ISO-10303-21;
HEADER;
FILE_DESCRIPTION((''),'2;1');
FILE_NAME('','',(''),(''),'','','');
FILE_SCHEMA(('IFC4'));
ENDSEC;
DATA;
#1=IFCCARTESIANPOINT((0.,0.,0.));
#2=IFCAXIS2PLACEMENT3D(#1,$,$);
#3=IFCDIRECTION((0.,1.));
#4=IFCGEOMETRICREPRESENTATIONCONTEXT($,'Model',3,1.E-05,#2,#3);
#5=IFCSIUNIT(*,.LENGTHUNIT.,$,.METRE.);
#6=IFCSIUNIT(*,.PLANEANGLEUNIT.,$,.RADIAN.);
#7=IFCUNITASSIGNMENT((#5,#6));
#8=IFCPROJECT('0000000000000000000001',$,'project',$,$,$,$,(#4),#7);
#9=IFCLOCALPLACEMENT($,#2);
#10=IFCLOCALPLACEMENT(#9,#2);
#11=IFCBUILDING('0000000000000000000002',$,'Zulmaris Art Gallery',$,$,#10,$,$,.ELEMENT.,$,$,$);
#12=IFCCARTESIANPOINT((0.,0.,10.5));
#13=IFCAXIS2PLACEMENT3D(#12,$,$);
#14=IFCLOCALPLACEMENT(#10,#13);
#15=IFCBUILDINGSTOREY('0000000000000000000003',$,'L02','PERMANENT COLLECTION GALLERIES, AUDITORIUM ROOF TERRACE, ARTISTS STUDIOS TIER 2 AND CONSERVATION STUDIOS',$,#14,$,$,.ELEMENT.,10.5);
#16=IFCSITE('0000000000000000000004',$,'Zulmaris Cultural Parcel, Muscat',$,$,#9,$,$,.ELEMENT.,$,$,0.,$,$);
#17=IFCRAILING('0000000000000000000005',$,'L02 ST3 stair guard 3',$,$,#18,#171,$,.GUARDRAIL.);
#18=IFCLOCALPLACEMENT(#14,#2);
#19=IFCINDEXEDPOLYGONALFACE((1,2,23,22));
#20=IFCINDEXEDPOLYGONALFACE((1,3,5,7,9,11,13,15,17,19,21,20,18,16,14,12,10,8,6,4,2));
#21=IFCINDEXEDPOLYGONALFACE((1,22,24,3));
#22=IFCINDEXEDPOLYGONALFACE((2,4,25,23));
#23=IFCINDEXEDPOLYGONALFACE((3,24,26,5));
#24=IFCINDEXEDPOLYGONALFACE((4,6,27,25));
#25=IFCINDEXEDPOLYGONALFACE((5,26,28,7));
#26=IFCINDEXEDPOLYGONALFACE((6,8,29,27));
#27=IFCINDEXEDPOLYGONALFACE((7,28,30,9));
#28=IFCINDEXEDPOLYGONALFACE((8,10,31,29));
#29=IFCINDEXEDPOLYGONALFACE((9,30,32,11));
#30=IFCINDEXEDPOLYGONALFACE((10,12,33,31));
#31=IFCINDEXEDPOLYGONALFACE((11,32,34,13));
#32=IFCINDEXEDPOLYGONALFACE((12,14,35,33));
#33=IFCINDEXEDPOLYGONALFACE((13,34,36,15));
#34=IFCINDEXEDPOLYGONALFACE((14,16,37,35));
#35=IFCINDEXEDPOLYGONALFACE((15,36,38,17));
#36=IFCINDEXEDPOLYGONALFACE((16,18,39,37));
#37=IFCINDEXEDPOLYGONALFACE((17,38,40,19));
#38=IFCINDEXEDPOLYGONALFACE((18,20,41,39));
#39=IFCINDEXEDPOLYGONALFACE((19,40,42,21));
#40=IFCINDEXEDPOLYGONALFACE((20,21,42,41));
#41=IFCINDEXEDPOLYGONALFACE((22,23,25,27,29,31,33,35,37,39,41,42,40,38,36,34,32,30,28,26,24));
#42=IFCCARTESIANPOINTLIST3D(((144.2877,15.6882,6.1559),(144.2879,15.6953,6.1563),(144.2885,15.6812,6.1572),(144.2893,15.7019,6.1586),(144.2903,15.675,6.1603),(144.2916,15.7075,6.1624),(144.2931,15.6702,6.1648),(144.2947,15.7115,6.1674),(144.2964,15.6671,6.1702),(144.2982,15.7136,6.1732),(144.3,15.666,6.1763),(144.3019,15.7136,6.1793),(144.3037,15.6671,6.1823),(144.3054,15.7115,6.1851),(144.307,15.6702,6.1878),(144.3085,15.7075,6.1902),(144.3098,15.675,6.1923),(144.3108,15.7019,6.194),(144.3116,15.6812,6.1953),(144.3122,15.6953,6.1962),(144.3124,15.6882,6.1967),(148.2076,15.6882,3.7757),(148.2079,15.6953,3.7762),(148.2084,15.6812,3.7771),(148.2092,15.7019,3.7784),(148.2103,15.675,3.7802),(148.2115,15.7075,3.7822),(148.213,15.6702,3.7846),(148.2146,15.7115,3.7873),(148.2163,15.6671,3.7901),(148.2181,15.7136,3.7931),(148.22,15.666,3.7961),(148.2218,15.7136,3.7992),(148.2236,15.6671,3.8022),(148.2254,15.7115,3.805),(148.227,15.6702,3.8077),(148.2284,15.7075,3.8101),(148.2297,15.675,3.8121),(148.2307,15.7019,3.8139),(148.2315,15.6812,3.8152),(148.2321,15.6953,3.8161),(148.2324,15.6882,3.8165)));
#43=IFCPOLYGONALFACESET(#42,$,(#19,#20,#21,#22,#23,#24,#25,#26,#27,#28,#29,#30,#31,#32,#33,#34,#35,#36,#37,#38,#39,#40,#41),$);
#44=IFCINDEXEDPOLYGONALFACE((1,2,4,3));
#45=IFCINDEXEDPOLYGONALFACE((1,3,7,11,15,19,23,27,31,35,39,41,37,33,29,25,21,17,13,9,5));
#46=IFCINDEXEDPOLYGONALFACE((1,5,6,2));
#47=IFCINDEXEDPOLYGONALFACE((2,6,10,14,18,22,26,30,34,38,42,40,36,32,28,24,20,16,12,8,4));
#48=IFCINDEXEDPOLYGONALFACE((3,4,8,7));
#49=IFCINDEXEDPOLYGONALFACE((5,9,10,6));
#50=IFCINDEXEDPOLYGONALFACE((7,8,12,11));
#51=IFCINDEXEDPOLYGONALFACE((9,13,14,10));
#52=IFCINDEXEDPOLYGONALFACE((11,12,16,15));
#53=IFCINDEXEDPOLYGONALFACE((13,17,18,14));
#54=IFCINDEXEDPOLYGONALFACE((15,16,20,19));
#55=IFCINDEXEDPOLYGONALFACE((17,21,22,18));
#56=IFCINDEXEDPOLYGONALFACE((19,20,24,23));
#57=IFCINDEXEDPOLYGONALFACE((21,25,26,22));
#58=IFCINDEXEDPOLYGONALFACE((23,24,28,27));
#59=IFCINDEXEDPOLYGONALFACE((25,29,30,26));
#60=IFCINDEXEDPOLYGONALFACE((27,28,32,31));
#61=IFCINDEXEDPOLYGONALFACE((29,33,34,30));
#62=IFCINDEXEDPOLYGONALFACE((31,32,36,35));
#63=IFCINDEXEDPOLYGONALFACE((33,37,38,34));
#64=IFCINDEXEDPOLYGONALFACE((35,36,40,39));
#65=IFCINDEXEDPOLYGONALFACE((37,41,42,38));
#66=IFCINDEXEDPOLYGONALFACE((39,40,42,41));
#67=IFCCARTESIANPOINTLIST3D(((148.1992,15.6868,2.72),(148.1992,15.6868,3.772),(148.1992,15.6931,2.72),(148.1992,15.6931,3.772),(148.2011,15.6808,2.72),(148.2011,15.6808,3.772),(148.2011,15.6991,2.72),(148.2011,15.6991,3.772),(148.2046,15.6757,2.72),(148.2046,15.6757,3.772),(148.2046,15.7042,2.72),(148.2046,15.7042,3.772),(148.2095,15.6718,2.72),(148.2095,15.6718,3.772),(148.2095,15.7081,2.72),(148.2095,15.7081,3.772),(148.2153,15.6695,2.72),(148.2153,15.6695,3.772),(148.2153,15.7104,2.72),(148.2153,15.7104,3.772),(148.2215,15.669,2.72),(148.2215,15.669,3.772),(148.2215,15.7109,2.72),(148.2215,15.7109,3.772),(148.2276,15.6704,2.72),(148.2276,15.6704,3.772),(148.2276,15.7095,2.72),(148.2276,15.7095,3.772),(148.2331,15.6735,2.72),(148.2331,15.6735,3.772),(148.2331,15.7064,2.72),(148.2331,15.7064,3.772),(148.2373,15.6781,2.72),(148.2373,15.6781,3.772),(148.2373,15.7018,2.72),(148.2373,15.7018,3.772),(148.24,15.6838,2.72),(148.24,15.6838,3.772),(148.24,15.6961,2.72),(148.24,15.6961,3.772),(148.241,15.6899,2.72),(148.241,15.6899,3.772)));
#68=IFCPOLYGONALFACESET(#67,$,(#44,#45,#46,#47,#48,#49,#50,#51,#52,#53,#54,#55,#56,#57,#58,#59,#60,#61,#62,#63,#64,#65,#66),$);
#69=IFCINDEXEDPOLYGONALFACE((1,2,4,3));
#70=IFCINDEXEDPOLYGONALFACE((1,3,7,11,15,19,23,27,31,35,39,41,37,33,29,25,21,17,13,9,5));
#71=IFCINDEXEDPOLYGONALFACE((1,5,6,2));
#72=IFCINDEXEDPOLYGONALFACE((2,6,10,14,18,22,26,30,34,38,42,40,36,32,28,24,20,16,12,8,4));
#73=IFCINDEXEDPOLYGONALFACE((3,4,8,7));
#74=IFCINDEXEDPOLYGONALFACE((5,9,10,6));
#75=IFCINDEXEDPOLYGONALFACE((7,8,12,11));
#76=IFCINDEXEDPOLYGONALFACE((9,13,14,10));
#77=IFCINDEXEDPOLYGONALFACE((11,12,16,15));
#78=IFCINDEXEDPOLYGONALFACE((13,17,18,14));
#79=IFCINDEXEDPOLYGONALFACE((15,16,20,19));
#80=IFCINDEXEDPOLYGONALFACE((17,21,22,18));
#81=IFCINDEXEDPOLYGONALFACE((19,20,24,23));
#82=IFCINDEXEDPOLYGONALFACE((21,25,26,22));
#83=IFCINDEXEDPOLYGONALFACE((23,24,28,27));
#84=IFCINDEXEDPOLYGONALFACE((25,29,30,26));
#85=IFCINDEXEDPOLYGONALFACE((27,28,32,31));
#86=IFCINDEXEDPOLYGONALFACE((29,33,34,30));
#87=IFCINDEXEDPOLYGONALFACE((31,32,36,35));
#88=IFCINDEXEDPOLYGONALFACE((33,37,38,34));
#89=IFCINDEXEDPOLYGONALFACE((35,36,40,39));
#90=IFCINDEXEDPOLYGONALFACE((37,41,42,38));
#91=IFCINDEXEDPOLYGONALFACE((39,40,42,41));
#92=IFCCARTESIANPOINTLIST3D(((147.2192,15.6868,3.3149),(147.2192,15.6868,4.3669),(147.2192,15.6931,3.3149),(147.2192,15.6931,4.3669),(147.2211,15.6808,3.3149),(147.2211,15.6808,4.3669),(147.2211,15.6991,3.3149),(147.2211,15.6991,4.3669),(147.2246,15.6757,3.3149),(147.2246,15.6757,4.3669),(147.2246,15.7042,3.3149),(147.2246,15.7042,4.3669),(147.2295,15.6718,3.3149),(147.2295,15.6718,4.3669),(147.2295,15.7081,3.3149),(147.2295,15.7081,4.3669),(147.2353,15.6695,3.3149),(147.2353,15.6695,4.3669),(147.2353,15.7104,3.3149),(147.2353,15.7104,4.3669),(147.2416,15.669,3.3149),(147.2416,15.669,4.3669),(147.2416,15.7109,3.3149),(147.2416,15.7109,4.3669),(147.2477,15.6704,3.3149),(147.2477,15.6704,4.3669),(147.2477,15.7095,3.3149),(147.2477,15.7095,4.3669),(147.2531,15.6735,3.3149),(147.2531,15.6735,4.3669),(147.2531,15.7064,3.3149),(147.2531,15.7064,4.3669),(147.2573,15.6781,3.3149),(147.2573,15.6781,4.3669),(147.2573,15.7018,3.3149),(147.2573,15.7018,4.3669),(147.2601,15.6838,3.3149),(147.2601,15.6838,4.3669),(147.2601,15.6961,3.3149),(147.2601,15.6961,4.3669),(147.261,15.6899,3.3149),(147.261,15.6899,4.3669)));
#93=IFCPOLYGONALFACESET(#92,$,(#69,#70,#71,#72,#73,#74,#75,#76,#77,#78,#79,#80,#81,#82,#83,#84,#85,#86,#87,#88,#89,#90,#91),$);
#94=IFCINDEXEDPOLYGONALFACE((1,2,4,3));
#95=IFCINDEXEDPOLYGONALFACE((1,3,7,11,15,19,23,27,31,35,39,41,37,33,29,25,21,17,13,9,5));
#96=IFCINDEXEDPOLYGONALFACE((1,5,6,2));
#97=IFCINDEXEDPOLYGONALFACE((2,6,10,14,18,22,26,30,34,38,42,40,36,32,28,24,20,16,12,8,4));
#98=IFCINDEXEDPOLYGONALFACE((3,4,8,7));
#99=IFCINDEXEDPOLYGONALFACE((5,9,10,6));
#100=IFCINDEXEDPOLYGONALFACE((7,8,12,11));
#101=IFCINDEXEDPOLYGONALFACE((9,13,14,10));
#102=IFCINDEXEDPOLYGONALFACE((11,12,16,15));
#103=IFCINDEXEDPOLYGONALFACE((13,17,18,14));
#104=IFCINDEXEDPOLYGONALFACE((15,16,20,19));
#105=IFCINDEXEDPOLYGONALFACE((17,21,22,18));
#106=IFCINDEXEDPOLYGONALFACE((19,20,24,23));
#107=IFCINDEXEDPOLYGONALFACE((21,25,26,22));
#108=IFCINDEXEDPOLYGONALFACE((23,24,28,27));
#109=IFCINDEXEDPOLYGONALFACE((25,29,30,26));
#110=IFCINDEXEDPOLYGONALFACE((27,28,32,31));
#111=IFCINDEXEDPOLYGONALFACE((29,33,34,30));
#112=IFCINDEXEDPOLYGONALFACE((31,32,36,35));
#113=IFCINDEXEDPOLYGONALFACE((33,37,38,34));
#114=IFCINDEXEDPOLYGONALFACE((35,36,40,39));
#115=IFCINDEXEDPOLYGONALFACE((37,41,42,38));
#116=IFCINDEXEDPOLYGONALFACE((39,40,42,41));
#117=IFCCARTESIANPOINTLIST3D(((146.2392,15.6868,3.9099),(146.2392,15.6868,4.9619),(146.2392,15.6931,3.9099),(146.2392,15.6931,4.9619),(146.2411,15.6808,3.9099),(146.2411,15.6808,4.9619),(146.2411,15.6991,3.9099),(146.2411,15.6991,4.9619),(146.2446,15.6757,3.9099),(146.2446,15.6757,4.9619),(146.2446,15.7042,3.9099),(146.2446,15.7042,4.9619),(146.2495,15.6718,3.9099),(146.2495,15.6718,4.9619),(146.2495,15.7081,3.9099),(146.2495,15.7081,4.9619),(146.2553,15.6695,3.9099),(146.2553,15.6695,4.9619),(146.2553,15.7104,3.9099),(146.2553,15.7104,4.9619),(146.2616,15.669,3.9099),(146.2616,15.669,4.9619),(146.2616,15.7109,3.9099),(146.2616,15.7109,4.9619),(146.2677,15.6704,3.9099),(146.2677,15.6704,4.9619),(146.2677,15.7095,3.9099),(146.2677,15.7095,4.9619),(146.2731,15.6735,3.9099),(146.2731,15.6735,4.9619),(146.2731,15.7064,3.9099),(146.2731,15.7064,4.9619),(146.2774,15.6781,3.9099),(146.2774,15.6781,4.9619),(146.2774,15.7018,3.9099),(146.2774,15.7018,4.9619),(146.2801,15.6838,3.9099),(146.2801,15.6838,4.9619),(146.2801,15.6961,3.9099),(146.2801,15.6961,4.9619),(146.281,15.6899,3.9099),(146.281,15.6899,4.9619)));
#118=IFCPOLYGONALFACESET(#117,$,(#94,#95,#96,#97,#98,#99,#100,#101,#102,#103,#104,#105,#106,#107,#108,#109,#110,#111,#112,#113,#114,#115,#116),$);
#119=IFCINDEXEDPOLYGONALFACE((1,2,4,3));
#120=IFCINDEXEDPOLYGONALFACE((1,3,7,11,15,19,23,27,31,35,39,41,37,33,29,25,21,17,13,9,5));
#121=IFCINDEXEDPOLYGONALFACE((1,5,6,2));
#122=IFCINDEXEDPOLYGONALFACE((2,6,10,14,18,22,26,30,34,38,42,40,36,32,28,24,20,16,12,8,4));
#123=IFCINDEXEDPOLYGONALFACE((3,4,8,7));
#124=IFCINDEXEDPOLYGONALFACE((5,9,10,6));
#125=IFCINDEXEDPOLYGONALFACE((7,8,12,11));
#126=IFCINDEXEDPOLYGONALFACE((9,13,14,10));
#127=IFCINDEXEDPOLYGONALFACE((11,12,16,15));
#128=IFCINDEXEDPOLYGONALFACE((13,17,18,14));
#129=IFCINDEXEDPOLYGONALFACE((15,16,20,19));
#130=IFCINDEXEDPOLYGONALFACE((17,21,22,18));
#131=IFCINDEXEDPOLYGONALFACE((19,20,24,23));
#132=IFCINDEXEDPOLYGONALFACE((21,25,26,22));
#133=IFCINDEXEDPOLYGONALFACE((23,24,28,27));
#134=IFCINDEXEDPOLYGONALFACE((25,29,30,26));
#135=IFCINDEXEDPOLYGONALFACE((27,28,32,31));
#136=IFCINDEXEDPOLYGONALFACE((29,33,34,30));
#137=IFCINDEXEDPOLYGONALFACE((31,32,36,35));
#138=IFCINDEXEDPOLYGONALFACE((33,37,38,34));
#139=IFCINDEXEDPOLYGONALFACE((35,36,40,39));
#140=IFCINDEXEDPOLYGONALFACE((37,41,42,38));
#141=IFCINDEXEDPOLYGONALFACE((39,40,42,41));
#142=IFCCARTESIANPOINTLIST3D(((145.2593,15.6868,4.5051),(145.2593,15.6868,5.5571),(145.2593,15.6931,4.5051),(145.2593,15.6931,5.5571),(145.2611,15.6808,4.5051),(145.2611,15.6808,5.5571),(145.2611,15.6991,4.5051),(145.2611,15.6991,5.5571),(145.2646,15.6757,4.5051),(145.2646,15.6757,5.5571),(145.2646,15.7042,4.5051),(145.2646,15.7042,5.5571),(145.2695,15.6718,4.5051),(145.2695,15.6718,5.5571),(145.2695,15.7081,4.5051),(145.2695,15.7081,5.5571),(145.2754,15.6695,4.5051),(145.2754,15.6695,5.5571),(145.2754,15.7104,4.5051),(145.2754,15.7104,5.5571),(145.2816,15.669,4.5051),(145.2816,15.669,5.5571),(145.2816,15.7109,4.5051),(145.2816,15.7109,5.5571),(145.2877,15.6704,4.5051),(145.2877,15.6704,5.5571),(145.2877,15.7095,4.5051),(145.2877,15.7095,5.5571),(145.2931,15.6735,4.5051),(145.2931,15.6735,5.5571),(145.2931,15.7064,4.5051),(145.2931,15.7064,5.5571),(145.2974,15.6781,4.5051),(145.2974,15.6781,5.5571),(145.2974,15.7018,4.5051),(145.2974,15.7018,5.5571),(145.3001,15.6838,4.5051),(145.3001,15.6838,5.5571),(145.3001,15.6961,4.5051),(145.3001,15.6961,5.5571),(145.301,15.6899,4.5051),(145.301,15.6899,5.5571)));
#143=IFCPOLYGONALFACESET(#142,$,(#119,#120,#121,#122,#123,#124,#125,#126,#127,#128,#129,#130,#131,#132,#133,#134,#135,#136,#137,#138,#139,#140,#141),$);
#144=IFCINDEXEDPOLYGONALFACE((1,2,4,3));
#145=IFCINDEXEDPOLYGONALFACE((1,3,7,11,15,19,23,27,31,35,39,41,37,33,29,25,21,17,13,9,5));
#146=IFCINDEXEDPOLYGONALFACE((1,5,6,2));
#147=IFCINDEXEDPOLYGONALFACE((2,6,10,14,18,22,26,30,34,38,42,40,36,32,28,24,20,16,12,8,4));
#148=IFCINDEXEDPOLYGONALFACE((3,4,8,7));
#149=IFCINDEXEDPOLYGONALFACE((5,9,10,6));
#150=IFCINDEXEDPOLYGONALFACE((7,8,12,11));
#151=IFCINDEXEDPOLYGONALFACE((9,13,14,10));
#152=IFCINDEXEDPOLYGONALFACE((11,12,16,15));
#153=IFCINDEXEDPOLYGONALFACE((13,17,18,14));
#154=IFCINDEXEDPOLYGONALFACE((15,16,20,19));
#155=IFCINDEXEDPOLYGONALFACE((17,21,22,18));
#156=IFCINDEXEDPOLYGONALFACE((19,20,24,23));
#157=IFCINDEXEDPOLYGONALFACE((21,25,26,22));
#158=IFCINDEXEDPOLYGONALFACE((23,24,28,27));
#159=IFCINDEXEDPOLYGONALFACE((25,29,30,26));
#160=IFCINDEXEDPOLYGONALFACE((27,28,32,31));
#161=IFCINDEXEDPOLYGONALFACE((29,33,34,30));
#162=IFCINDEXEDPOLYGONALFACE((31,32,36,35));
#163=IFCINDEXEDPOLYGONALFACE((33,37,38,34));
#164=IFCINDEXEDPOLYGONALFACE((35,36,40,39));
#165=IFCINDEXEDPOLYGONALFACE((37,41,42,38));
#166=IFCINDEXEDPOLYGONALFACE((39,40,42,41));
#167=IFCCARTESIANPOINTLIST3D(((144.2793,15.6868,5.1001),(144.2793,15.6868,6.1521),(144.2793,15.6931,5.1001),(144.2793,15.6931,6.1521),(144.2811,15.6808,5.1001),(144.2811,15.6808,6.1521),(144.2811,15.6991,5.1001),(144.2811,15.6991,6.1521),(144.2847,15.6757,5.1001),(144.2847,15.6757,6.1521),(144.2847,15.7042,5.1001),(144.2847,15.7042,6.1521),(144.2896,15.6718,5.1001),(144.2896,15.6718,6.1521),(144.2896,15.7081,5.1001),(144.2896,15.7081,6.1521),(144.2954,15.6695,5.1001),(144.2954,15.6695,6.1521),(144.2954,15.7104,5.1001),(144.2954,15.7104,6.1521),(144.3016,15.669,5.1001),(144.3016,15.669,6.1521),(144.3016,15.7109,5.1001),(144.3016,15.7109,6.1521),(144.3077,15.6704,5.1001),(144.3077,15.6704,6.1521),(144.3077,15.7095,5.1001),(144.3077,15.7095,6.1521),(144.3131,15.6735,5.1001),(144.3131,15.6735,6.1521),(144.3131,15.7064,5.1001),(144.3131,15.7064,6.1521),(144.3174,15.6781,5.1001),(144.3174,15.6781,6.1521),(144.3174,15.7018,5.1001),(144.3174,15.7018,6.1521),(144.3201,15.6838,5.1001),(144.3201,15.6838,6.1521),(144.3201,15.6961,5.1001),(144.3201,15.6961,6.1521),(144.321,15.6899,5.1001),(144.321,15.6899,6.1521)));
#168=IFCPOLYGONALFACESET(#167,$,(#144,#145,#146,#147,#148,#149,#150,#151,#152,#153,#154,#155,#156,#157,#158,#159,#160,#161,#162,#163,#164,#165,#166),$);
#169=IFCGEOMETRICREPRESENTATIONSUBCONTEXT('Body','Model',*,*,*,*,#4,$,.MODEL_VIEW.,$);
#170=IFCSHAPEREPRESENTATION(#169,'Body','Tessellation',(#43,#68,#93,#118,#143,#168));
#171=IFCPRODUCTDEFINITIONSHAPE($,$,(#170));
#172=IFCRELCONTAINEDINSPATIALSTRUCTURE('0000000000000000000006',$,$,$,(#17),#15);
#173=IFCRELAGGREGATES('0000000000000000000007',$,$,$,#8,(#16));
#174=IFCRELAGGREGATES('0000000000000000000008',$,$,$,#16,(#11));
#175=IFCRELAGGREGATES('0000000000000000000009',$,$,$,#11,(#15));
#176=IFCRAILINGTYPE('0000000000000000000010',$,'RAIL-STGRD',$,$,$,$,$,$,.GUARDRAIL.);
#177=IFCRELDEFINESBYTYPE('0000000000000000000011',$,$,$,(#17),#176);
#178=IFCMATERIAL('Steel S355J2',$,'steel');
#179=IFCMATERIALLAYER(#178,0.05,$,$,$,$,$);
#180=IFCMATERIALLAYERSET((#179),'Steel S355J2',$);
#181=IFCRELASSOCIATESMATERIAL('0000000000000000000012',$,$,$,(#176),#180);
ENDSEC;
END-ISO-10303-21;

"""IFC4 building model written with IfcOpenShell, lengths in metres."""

from ifc_helpers import new_model, si_unit, direction, frame, origin, origin_2d, place, context, subcontext, project, spatial, circle, extrude, material, layer, layer_set, type_object, element, save


model = new_model("IFC4")

# Units and contexts
model_context = context("Model", 3, precision=1e-05, world=origin(), true_north=direction((0.0, 1.0)))
body_context = subcontext(model_context, "Body", "Model", "MODEL_VIEW")
ifc_project = project(units=[si_unit("LENGTHUNIT", "METRE"), si_unit("PLANEANGLEUNIT", "RADIAN")], contexts=[model_context])

# Site, building, storey
site_placement = place(None, origin())
site = spatial("IfcSite", under=ifc_project, at=site_placement, Name="Zulmaris Cultural Parcel, Muscat", CompositionType="ELEMENT", RefElevation=0.0)
building_placement = place(site_placement, origin())
building = spatial("IfcBuilding", under=site, at=building_placement, Name="Zulmaris Art Gallery", CompositionType="ELEMENT")
storey_placement = place(building_placement, frame((0.0, 0.0, 10.5)))
storey = spatial("IfcBuildingStorey", under=building, at=storey_placement, Name="L02", Description="PERMANENT COLLECTION GALLERIES, AUDITORIUM ROOF TERRACE, ARTISTS STUDIOS TIER 2 AND CONSERVATION STUDIOS", CompositionType="ELEMENT", Elevation=10.5)

# Shared definitions
ifc_material_1 = material(Name="Steel S355J2", Category="steel")

# Railing
ifc_layer_1 = layer(ifc_material_1, 0.05)
ifc_layer_set_1 = layer_set([ifc_layer_1], Name="Steel S355J2")
railing_type_1 = type_object("IfcRailingType", Name="RAIL-STGRD", PredefinedType="GUARDRAIL", material=ifc_layer_set_1)
railing_1_placement = place(storey_placement, frame((148.22, 15.6899, 2.72)))
element("IfcRailing", 1, at=railing_1_placement, inside=storey, type_object=railing_type_1, Name="L02 ST3 stair guard 3", PredefinedType="GUARDRAIL", context=body_context, shape_type="SweptSolid", body=[
    extrude(circle(Radius=0.0239, at=origin_2d()), frame((0.0, 0.0, 1.0762), z_axis=(-0.854771, 0.0, 0.519006), x_axis=(0.0, -1.0, 0.0)), (0.0, 0.0, 1.0), 4.5859),
    extrude(circle(Radius=0.021, at=origin_2d()), origin(), (0.0, 0.0, 1.0), 1.052),
    extrude(circle(Radius=0.021, at=origin_2d()), frame((-0.98, 0.0, 0.595)), (0.0, 0.0, 1.0), 1.052),
    extrude(circle(Radius=0.021, at=origin_2d()), frame((-1.96, 0.0, 1.1899)), (0.0, 0.0, 1.0), 1.052),
    extrude(circle(Radius=0.021, at=origin_2d()), frame((-2.9399, 0.0, 1.7852)), (0.0, 0.0, 1.0), 1.052),
    extrude(circle(Radius=0.021, at=origin_2d()), frame((-3.9199, 0.0, 2.3801)), (0.0, 0.0, 1.0), 1.052),
])

save(model, "model.ifc")
